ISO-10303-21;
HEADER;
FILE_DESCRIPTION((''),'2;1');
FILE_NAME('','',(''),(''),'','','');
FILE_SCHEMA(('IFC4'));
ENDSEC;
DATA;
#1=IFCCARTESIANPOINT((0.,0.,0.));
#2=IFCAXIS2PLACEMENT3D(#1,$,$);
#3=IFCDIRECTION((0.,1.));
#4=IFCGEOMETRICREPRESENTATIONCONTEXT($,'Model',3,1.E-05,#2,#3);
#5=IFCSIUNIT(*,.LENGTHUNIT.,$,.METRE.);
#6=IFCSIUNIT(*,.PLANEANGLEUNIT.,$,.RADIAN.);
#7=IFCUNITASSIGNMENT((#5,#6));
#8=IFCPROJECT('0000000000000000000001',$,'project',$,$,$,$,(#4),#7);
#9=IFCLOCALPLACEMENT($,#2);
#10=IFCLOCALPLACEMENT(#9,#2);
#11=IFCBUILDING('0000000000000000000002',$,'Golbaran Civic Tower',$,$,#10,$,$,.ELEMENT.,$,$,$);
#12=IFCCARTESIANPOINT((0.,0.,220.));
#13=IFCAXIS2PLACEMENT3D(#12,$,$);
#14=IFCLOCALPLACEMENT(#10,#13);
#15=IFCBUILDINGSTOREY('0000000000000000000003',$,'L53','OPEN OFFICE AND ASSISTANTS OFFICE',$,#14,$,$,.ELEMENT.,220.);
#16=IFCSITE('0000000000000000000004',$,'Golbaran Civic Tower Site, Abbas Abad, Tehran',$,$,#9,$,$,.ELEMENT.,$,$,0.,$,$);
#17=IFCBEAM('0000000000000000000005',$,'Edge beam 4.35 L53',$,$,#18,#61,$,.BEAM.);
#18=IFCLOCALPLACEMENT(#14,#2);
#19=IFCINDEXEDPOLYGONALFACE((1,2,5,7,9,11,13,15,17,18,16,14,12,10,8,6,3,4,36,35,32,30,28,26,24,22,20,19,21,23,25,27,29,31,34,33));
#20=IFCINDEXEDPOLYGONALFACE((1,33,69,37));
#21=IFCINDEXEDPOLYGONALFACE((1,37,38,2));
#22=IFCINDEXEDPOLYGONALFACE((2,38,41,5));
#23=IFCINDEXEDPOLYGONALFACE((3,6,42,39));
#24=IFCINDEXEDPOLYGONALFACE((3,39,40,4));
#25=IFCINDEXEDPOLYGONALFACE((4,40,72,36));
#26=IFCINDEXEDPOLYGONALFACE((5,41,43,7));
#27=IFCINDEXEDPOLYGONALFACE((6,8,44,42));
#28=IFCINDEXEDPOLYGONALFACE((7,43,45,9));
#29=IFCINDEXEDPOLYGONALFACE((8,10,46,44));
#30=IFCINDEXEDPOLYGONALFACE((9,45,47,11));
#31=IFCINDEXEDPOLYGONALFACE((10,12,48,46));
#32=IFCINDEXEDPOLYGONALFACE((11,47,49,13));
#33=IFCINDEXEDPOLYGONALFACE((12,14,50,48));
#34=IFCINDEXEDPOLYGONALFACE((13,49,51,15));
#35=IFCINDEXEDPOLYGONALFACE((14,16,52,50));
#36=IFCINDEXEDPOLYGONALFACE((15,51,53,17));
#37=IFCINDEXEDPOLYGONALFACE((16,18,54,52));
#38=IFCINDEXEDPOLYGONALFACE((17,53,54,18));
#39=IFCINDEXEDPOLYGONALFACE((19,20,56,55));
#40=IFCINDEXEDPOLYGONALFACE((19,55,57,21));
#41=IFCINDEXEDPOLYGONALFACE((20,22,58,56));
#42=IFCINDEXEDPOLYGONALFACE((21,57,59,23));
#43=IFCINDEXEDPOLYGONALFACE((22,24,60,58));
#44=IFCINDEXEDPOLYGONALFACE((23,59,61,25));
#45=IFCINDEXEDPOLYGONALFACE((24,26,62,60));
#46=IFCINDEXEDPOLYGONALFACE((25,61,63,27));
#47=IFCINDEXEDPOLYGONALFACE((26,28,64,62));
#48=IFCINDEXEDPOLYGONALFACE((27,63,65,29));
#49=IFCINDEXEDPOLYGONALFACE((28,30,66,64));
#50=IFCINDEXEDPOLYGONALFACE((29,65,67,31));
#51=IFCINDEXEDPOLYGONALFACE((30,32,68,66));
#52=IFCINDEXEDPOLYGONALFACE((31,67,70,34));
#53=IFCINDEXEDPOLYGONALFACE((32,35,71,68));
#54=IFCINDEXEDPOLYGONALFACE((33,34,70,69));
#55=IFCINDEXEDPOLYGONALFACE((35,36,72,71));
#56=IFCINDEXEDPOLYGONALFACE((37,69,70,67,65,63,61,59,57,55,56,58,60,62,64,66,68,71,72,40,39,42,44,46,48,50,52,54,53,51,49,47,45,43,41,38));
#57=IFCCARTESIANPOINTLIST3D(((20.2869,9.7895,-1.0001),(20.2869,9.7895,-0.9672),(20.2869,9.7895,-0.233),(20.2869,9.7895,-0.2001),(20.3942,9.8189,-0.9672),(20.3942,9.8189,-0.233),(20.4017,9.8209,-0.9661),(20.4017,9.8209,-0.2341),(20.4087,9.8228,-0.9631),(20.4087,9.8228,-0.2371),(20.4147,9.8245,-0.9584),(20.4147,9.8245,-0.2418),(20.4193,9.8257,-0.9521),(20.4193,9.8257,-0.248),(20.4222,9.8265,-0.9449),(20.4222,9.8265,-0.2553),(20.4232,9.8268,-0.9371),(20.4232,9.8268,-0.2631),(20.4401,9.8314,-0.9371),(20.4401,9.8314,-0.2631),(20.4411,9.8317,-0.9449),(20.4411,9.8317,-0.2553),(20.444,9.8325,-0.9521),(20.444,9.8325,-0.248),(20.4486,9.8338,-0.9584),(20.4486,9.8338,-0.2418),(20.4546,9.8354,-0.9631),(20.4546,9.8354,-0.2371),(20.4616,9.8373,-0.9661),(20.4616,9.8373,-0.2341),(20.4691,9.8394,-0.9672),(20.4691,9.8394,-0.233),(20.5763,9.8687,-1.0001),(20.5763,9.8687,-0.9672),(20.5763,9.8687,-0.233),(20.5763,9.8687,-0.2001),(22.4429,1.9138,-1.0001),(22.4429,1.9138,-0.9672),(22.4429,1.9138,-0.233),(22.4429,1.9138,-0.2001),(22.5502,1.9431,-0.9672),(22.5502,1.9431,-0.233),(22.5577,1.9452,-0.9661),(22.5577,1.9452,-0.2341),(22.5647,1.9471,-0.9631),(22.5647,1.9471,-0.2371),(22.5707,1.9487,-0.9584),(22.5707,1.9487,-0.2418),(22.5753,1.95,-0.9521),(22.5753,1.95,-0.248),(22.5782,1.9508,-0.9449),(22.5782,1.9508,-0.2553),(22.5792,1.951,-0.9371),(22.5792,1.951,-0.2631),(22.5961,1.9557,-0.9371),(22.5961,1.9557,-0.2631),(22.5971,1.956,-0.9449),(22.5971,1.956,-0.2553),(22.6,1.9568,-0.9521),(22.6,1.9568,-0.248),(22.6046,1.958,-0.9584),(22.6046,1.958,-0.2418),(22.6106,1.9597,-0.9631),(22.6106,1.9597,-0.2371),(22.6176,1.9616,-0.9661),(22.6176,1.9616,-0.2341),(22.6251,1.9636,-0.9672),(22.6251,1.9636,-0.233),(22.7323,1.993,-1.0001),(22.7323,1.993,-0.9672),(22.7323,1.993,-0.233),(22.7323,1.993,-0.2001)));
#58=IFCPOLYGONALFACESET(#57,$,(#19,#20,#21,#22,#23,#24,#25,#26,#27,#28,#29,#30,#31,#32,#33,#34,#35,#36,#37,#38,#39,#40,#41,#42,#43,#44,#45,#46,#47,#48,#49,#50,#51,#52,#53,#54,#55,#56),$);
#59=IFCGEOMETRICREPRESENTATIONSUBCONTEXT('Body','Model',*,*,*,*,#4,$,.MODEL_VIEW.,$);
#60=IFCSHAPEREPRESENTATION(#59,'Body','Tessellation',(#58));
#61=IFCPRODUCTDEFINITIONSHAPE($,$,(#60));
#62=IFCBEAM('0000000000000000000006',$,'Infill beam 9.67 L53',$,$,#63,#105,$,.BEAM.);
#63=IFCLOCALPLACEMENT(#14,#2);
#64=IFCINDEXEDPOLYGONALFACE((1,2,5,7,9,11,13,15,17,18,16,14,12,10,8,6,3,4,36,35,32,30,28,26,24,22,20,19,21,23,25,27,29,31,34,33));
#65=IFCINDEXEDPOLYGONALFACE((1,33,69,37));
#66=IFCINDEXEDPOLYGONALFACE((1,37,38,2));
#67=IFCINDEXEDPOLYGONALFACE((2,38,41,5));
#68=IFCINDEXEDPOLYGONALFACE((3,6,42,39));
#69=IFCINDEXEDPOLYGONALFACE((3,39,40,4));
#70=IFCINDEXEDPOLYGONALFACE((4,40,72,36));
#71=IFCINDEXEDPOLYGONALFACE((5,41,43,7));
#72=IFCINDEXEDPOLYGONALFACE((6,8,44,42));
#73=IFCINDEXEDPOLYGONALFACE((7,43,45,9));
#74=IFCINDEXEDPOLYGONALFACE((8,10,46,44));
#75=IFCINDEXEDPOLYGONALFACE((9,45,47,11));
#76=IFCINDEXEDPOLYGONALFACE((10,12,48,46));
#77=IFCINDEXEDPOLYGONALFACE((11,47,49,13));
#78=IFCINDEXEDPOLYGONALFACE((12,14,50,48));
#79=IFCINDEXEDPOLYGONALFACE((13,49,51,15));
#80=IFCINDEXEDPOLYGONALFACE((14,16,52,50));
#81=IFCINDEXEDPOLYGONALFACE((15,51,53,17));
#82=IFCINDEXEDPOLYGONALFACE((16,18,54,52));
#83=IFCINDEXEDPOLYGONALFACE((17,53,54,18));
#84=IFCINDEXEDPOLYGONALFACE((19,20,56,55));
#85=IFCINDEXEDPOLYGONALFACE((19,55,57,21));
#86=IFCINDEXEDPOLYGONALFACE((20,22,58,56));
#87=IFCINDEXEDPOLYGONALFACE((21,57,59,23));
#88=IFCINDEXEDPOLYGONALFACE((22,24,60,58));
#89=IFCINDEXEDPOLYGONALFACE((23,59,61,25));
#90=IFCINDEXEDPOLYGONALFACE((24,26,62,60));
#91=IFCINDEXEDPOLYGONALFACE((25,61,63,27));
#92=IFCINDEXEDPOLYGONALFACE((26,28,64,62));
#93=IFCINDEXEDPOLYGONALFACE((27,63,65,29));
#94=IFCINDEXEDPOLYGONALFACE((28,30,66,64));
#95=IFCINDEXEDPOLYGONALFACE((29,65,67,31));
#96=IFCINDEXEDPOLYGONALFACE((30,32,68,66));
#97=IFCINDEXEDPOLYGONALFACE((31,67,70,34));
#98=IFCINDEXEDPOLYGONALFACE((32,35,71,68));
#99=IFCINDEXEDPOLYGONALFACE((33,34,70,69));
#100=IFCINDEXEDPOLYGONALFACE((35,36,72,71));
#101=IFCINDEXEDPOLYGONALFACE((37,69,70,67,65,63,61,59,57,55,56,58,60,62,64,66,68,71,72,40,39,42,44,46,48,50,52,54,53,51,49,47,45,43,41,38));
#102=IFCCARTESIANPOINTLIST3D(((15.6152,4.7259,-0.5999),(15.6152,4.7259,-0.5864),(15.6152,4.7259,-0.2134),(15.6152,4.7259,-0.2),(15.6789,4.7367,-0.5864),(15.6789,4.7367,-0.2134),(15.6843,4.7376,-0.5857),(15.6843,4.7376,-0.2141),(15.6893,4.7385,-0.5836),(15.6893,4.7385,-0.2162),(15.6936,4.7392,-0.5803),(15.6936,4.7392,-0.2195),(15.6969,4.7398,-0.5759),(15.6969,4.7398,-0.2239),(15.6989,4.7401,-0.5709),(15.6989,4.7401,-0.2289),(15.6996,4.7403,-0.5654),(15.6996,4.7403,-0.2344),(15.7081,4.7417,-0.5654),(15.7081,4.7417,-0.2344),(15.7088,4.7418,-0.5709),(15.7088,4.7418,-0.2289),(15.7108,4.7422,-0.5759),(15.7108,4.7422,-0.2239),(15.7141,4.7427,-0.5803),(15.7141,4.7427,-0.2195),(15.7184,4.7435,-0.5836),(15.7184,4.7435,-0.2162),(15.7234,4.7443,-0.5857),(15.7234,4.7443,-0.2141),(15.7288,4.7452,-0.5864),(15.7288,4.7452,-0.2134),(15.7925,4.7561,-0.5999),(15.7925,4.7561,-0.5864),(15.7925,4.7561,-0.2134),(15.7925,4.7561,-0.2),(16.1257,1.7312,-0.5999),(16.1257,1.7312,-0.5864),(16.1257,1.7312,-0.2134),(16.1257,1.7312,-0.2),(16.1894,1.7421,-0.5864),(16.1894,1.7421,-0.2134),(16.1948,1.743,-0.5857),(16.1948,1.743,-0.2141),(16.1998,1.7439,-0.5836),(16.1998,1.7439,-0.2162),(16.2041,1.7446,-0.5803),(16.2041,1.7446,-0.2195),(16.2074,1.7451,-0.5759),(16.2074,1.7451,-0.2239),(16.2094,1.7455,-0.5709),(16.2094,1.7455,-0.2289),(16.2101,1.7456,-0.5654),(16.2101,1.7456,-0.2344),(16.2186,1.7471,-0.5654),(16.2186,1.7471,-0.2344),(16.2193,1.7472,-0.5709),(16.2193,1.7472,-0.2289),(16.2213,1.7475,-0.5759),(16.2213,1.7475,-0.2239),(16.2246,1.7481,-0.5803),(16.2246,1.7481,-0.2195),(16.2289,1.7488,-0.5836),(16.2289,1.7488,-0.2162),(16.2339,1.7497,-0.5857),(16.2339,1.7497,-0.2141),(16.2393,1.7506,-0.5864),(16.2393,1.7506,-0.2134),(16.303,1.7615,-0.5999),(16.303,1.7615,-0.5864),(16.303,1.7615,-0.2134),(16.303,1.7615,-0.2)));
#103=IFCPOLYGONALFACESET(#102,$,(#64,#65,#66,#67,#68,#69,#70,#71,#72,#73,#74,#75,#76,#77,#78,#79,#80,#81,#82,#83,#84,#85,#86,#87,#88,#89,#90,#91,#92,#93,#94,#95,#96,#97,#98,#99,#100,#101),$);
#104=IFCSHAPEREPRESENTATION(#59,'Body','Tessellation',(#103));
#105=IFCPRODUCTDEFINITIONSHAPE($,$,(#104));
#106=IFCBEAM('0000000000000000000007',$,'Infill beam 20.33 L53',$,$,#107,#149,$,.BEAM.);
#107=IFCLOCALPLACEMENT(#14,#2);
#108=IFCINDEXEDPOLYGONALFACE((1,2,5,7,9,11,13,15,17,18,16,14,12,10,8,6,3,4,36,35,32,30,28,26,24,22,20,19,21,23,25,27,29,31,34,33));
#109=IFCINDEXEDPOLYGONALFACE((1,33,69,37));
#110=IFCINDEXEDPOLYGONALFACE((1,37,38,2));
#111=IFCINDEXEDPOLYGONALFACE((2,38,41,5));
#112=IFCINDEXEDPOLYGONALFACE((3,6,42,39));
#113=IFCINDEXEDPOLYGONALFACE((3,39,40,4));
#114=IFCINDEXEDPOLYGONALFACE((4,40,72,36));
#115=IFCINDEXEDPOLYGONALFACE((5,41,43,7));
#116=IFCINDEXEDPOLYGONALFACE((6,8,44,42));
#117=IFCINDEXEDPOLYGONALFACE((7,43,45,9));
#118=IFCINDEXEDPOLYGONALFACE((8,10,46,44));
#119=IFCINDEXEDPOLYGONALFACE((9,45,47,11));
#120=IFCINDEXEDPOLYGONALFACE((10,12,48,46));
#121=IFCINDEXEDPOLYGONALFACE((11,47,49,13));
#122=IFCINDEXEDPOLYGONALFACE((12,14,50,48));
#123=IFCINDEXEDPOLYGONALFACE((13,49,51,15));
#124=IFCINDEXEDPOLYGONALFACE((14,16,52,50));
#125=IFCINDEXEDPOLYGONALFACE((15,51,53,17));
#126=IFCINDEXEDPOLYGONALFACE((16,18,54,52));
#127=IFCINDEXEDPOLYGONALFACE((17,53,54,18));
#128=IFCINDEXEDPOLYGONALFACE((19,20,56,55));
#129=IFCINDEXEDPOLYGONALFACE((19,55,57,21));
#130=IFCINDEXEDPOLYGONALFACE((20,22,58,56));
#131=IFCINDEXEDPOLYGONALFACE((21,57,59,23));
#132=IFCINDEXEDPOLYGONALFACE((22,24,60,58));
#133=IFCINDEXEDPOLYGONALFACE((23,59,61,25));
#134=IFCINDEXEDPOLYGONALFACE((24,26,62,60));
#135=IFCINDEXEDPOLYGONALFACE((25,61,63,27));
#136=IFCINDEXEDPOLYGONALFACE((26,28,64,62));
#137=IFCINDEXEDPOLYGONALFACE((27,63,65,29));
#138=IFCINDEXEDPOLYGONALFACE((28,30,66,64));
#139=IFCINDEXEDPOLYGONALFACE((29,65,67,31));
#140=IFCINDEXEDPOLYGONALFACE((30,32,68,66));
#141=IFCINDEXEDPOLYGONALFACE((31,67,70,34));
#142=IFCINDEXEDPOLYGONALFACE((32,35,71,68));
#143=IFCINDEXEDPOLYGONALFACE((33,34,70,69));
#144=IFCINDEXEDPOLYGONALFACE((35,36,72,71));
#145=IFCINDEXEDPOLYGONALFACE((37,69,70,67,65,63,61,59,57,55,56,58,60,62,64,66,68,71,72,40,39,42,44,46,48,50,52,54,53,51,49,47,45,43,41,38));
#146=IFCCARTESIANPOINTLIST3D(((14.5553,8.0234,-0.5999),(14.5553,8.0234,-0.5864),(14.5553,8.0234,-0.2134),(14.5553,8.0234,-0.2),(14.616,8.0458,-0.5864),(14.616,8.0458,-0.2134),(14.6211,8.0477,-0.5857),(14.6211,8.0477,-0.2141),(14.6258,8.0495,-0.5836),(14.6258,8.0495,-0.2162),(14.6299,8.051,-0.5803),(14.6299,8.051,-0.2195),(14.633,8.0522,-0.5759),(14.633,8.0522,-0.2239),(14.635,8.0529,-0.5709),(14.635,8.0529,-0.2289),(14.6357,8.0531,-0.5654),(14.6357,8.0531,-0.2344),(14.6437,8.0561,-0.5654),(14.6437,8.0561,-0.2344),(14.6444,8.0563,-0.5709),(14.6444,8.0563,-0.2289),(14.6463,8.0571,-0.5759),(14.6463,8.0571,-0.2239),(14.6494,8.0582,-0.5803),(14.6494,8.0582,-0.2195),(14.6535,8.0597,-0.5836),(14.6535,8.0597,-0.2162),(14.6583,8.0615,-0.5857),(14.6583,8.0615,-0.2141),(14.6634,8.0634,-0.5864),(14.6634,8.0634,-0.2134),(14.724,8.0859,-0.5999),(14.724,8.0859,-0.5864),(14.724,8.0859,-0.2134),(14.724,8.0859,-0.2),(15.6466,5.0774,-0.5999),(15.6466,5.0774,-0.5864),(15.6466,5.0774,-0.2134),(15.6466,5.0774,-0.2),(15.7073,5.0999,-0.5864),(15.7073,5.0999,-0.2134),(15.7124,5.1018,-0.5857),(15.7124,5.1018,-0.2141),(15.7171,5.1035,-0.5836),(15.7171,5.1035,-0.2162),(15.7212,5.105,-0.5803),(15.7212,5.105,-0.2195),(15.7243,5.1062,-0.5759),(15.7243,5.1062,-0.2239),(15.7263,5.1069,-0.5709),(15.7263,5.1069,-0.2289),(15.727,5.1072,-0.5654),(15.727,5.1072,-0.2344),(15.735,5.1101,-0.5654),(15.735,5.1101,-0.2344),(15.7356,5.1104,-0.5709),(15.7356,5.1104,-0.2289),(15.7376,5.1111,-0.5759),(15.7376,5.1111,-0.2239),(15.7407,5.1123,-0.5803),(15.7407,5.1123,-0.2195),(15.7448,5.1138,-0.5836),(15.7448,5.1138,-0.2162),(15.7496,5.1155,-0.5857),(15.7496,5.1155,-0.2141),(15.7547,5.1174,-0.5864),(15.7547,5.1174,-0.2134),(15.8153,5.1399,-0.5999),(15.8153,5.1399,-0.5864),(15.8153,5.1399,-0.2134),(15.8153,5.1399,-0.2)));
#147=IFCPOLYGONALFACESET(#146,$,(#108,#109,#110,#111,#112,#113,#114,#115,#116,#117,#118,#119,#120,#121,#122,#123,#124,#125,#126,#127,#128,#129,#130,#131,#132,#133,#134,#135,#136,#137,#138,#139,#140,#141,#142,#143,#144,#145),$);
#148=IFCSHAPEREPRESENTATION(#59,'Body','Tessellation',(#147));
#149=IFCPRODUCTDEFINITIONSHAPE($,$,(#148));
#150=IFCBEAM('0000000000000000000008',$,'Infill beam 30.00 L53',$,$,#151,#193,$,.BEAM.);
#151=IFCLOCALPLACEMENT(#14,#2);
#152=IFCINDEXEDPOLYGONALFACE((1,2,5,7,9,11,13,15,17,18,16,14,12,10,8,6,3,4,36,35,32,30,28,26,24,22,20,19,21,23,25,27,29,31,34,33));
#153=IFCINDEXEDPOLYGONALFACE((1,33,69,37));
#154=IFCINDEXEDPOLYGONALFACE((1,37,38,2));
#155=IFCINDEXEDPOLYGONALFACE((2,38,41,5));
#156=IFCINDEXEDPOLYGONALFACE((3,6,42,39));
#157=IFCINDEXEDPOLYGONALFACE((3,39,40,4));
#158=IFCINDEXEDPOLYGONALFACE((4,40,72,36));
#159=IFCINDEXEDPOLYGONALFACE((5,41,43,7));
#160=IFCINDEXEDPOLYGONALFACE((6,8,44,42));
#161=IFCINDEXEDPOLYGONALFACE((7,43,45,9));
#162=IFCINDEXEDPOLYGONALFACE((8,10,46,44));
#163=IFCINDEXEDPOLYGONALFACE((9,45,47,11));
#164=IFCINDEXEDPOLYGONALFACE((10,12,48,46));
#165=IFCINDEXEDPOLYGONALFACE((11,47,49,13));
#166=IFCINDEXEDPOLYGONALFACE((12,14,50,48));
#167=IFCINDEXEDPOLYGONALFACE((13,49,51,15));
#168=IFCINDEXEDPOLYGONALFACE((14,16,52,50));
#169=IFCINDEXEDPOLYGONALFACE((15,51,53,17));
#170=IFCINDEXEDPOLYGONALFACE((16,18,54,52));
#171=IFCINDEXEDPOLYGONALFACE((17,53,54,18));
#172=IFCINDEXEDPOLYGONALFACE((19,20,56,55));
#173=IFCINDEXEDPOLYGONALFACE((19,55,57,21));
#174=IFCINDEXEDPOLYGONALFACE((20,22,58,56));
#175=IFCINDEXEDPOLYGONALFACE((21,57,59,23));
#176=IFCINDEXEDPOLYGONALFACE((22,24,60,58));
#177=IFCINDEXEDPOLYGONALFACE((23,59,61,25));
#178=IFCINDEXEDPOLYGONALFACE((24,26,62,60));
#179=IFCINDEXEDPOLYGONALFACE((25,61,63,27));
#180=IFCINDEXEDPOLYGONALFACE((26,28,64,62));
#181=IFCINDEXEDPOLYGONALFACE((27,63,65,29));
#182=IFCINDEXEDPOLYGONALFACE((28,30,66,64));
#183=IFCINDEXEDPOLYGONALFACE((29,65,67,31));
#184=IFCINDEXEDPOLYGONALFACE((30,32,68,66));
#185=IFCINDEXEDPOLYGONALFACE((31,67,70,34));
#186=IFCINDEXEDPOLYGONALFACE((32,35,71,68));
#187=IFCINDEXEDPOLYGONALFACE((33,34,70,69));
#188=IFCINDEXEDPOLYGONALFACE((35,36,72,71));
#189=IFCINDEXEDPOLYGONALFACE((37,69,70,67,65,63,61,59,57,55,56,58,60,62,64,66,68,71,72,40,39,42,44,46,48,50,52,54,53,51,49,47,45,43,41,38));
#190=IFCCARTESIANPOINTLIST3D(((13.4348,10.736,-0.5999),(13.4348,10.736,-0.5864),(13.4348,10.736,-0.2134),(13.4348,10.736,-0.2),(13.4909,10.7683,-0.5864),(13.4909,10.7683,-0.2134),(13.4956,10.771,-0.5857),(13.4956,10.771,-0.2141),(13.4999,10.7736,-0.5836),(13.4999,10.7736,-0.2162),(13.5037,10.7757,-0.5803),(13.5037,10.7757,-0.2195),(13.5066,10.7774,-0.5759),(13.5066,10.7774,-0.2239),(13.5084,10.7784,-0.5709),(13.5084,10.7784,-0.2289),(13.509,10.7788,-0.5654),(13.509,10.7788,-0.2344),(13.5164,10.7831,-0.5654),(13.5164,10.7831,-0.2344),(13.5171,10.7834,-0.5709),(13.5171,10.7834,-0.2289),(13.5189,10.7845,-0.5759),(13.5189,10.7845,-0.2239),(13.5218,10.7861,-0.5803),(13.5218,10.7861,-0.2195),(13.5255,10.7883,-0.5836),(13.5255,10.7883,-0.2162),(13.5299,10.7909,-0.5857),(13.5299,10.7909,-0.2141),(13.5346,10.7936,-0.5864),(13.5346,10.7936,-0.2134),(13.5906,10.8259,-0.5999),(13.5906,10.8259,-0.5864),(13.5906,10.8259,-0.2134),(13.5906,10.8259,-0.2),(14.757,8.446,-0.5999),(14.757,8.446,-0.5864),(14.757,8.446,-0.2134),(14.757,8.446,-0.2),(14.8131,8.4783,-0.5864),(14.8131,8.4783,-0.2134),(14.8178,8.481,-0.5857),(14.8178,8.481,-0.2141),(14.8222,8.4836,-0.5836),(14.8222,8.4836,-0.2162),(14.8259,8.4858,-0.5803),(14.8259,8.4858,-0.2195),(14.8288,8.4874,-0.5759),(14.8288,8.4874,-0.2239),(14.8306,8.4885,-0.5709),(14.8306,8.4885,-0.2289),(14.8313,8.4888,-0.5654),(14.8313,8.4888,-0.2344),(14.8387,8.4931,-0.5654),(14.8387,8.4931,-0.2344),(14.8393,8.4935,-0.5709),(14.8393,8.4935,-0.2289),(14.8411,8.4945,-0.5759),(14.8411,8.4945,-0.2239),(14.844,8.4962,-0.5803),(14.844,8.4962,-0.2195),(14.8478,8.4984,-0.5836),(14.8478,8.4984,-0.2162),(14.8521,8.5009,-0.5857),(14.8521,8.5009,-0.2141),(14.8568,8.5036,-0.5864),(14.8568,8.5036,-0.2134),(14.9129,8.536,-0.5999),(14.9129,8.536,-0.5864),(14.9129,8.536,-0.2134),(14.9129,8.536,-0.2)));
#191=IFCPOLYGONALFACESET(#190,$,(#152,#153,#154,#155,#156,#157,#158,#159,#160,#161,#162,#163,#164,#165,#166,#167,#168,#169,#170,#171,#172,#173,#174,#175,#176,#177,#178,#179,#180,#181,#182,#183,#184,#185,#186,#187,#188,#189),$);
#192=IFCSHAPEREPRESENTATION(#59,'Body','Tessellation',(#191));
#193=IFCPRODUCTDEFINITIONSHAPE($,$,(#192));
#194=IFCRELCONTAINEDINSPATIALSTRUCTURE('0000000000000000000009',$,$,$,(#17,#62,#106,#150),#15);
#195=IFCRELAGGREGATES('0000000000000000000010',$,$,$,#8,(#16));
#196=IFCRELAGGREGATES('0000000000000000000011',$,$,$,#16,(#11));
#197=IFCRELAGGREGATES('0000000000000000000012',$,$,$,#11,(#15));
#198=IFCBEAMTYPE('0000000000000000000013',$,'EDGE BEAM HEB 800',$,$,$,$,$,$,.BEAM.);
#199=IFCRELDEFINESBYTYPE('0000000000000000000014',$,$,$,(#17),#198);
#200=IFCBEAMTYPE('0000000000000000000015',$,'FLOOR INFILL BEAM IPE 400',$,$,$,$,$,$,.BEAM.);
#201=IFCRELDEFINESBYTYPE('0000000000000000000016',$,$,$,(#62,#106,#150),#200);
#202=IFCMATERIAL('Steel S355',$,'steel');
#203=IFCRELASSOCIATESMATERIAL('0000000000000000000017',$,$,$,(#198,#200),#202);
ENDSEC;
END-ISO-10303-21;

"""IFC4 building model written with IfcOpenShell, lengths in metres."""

from ifc_helpers import new_model, si_unit, direction, frame, origin, origin_2d, place, context, subcontext, project, spatial, i_section, extrude, material, material_profile, profile_set, type_object, element, save


model = new_model("IFC4")

# Units and contexts
model_context = context("Model", 3, precision=1e-05, world=origin(), true_north=direction((0.0, 1.0)))
body_context = subcontext(model_context, "Body", "Model", "MODEL_VIEW")
ifc_project = project(units=[si_unit("LENGTHUNIT", "METRE"), si_unit("PLANEANGLEUNIT", "RADIAN")], contexts=[model_context])

# Site, building, storey
site_placement = place(None, origin())
site = spatial("IfcSite", under=ifc_project, at=site_placement, Name="Golbaran Civic Tower Site, Abbas Abad, Tehran", CompositionType="ELEMENT", RefElevation=0.0)
building_placement = place(site_placement, origin())
building = spatial("IfcBuilding", under=site, at=building_placement, Name="Golbaran Civic Tower", CompositionType="ELEMENT")
storey_placement = place(building_placement, frame((0.0, 0.0, 220.0)))
storey = spatial("IfcBuildingStorey", under=building, at=storey_placement, Name="L53", Description="OPEN OFFICE AND ASSISTANTS OFFICE", CompositionType="ELEMENT", Elevation=220.0)

# Beams
ifc_material_1 = material(Name="Steel S355", Category="steel")
ifc_material_profile_1 = material_profile(ifc_material_1, i_section(OverallWidth=0.3, OverallDepth=0.8, WebThickness=0.0176, FlangeThickness=0.033, FilletRadius=0.03, at=origin_2d()), Name="HEB 800")
ifc_profile_set_1 = profile_set([ifc_material_profile_1], Name="Steel S355")
beam_type_1 = type_object("IfcBeamType", Name="EDGE BEAM HEB 800", PredefinedType="BEAM", material=ifc_profile_set_1)
beam_1_placement = place(storey_placement, frame((22.5876, 1.9534, -0.6001), z_axis=(-0.264038, 0.964512, 0.0), x_axis=(-0.964512, -0.264038, 0.0)))
element("IfcBeam", 1, at=beam_1_placement, inside=storey, type_object=beam_type_1, Name="Edge beam 4.35 L53", PredefinedType="BEAM", context=body_context, shape_type="SweptSolid", body=[
    extrude(i_section(OverallWidth=0.3, OverallDepth=0.8, WebThickness=0.0176, FlangeThickness=0.033, FilletRadius=0.03, at=origin_2d()), origin(), (0.0, 0.0, 1.0), 8.1655),
])
ifc_material_profile_2 = material_profile(ifc_material_1, i_section(OverallWidth=0.1799, OverallDepth=0.3999, WebThickness=0.0085, FlangeThickness=0.0134, FilletRadius=0.021, at=origin_2d()), Name="IPE 400")
ifc_profile_set_2 = profile_set([ifc_material_profile_2], Name="Steel S355")
beam_type_2 = type_object("IfcBeamType", Name="FLOOR INFILL BEAM IPE 400", PredefinedType="BEAM", material=ifc_profile_set_2)
beam_2_placement = place(storey_placement, frame((16.2144, 1.7463, -0.3999), z_axis=(-0.168047, 0.985779, 0.0), x_axis=(-0.985779, -0.168047, 0.0)))
element("IfcBeam", 2, at=beam_2_placement, inside=storey, type_object=beam_type_2, Name="Infill beam 9.67 L53", PredefinedType="BEAM", context=body_context, shape_type="SweptSolid", body=[
    extrude(i_section(OverallWidth=0.1799, OverallDepth=0.3999, WebThickness=0.0085, FlangeThickness=0.0134, FilletRadius=0.021, at=origin_2d()), origin(), (0.0, 0.0, 1.0), 3.0378),
])
beam_3_placement = place(storey_placement, frame((15.731, 5.1086, -0.3999), z_axis=(-0.347365, 0.93773, 0.0), x_axis=(-0.93773, -0.347365, 0.0)))
element("IfcBeam", 3, at=beam_3_placement, inside=storey, type_object=beam_type_2, Name="Infill beam 20.33 L53", PredefinedType="BEAM", context=body_context, shape_type="SweptSolid", body=[
    extrude(i_section(OverallWidth=0.1799, OverallDepth=0.3999, WebThickness=0.0085, FlangeThickness=0.0134, FilletRadius=0.021, at=origin_2d()), origin(), (0.0, 0.0, 1.0), 3.1416),
])
beam_4_placement = place(storey_placement, frame((14.835, 8.491, -0.3999), z_axis=(-0.500031, 0.866007, 0.0), x_axis=(-0.866007, -0.500031, 0.0)))
element("IfcBeam", 4, at=beam_4_placement, inside=storey, type_object=beam_type_2, Name="Infill beam 30.00 L53", PredefinedType="BEAM", context=body_context, shape_type="SweptSolid", body=[
    extrude(i_section(OverallWidth=0.1799, OverallDepth=0.3999, WebThickness=0.0085, FlangeThickness=0.0134, FilletRadius=0.021, at=origin_2d()), origin(), (0.0, 0.0, 1.0), 2.6443),
])

save(model, "model.ifc")
